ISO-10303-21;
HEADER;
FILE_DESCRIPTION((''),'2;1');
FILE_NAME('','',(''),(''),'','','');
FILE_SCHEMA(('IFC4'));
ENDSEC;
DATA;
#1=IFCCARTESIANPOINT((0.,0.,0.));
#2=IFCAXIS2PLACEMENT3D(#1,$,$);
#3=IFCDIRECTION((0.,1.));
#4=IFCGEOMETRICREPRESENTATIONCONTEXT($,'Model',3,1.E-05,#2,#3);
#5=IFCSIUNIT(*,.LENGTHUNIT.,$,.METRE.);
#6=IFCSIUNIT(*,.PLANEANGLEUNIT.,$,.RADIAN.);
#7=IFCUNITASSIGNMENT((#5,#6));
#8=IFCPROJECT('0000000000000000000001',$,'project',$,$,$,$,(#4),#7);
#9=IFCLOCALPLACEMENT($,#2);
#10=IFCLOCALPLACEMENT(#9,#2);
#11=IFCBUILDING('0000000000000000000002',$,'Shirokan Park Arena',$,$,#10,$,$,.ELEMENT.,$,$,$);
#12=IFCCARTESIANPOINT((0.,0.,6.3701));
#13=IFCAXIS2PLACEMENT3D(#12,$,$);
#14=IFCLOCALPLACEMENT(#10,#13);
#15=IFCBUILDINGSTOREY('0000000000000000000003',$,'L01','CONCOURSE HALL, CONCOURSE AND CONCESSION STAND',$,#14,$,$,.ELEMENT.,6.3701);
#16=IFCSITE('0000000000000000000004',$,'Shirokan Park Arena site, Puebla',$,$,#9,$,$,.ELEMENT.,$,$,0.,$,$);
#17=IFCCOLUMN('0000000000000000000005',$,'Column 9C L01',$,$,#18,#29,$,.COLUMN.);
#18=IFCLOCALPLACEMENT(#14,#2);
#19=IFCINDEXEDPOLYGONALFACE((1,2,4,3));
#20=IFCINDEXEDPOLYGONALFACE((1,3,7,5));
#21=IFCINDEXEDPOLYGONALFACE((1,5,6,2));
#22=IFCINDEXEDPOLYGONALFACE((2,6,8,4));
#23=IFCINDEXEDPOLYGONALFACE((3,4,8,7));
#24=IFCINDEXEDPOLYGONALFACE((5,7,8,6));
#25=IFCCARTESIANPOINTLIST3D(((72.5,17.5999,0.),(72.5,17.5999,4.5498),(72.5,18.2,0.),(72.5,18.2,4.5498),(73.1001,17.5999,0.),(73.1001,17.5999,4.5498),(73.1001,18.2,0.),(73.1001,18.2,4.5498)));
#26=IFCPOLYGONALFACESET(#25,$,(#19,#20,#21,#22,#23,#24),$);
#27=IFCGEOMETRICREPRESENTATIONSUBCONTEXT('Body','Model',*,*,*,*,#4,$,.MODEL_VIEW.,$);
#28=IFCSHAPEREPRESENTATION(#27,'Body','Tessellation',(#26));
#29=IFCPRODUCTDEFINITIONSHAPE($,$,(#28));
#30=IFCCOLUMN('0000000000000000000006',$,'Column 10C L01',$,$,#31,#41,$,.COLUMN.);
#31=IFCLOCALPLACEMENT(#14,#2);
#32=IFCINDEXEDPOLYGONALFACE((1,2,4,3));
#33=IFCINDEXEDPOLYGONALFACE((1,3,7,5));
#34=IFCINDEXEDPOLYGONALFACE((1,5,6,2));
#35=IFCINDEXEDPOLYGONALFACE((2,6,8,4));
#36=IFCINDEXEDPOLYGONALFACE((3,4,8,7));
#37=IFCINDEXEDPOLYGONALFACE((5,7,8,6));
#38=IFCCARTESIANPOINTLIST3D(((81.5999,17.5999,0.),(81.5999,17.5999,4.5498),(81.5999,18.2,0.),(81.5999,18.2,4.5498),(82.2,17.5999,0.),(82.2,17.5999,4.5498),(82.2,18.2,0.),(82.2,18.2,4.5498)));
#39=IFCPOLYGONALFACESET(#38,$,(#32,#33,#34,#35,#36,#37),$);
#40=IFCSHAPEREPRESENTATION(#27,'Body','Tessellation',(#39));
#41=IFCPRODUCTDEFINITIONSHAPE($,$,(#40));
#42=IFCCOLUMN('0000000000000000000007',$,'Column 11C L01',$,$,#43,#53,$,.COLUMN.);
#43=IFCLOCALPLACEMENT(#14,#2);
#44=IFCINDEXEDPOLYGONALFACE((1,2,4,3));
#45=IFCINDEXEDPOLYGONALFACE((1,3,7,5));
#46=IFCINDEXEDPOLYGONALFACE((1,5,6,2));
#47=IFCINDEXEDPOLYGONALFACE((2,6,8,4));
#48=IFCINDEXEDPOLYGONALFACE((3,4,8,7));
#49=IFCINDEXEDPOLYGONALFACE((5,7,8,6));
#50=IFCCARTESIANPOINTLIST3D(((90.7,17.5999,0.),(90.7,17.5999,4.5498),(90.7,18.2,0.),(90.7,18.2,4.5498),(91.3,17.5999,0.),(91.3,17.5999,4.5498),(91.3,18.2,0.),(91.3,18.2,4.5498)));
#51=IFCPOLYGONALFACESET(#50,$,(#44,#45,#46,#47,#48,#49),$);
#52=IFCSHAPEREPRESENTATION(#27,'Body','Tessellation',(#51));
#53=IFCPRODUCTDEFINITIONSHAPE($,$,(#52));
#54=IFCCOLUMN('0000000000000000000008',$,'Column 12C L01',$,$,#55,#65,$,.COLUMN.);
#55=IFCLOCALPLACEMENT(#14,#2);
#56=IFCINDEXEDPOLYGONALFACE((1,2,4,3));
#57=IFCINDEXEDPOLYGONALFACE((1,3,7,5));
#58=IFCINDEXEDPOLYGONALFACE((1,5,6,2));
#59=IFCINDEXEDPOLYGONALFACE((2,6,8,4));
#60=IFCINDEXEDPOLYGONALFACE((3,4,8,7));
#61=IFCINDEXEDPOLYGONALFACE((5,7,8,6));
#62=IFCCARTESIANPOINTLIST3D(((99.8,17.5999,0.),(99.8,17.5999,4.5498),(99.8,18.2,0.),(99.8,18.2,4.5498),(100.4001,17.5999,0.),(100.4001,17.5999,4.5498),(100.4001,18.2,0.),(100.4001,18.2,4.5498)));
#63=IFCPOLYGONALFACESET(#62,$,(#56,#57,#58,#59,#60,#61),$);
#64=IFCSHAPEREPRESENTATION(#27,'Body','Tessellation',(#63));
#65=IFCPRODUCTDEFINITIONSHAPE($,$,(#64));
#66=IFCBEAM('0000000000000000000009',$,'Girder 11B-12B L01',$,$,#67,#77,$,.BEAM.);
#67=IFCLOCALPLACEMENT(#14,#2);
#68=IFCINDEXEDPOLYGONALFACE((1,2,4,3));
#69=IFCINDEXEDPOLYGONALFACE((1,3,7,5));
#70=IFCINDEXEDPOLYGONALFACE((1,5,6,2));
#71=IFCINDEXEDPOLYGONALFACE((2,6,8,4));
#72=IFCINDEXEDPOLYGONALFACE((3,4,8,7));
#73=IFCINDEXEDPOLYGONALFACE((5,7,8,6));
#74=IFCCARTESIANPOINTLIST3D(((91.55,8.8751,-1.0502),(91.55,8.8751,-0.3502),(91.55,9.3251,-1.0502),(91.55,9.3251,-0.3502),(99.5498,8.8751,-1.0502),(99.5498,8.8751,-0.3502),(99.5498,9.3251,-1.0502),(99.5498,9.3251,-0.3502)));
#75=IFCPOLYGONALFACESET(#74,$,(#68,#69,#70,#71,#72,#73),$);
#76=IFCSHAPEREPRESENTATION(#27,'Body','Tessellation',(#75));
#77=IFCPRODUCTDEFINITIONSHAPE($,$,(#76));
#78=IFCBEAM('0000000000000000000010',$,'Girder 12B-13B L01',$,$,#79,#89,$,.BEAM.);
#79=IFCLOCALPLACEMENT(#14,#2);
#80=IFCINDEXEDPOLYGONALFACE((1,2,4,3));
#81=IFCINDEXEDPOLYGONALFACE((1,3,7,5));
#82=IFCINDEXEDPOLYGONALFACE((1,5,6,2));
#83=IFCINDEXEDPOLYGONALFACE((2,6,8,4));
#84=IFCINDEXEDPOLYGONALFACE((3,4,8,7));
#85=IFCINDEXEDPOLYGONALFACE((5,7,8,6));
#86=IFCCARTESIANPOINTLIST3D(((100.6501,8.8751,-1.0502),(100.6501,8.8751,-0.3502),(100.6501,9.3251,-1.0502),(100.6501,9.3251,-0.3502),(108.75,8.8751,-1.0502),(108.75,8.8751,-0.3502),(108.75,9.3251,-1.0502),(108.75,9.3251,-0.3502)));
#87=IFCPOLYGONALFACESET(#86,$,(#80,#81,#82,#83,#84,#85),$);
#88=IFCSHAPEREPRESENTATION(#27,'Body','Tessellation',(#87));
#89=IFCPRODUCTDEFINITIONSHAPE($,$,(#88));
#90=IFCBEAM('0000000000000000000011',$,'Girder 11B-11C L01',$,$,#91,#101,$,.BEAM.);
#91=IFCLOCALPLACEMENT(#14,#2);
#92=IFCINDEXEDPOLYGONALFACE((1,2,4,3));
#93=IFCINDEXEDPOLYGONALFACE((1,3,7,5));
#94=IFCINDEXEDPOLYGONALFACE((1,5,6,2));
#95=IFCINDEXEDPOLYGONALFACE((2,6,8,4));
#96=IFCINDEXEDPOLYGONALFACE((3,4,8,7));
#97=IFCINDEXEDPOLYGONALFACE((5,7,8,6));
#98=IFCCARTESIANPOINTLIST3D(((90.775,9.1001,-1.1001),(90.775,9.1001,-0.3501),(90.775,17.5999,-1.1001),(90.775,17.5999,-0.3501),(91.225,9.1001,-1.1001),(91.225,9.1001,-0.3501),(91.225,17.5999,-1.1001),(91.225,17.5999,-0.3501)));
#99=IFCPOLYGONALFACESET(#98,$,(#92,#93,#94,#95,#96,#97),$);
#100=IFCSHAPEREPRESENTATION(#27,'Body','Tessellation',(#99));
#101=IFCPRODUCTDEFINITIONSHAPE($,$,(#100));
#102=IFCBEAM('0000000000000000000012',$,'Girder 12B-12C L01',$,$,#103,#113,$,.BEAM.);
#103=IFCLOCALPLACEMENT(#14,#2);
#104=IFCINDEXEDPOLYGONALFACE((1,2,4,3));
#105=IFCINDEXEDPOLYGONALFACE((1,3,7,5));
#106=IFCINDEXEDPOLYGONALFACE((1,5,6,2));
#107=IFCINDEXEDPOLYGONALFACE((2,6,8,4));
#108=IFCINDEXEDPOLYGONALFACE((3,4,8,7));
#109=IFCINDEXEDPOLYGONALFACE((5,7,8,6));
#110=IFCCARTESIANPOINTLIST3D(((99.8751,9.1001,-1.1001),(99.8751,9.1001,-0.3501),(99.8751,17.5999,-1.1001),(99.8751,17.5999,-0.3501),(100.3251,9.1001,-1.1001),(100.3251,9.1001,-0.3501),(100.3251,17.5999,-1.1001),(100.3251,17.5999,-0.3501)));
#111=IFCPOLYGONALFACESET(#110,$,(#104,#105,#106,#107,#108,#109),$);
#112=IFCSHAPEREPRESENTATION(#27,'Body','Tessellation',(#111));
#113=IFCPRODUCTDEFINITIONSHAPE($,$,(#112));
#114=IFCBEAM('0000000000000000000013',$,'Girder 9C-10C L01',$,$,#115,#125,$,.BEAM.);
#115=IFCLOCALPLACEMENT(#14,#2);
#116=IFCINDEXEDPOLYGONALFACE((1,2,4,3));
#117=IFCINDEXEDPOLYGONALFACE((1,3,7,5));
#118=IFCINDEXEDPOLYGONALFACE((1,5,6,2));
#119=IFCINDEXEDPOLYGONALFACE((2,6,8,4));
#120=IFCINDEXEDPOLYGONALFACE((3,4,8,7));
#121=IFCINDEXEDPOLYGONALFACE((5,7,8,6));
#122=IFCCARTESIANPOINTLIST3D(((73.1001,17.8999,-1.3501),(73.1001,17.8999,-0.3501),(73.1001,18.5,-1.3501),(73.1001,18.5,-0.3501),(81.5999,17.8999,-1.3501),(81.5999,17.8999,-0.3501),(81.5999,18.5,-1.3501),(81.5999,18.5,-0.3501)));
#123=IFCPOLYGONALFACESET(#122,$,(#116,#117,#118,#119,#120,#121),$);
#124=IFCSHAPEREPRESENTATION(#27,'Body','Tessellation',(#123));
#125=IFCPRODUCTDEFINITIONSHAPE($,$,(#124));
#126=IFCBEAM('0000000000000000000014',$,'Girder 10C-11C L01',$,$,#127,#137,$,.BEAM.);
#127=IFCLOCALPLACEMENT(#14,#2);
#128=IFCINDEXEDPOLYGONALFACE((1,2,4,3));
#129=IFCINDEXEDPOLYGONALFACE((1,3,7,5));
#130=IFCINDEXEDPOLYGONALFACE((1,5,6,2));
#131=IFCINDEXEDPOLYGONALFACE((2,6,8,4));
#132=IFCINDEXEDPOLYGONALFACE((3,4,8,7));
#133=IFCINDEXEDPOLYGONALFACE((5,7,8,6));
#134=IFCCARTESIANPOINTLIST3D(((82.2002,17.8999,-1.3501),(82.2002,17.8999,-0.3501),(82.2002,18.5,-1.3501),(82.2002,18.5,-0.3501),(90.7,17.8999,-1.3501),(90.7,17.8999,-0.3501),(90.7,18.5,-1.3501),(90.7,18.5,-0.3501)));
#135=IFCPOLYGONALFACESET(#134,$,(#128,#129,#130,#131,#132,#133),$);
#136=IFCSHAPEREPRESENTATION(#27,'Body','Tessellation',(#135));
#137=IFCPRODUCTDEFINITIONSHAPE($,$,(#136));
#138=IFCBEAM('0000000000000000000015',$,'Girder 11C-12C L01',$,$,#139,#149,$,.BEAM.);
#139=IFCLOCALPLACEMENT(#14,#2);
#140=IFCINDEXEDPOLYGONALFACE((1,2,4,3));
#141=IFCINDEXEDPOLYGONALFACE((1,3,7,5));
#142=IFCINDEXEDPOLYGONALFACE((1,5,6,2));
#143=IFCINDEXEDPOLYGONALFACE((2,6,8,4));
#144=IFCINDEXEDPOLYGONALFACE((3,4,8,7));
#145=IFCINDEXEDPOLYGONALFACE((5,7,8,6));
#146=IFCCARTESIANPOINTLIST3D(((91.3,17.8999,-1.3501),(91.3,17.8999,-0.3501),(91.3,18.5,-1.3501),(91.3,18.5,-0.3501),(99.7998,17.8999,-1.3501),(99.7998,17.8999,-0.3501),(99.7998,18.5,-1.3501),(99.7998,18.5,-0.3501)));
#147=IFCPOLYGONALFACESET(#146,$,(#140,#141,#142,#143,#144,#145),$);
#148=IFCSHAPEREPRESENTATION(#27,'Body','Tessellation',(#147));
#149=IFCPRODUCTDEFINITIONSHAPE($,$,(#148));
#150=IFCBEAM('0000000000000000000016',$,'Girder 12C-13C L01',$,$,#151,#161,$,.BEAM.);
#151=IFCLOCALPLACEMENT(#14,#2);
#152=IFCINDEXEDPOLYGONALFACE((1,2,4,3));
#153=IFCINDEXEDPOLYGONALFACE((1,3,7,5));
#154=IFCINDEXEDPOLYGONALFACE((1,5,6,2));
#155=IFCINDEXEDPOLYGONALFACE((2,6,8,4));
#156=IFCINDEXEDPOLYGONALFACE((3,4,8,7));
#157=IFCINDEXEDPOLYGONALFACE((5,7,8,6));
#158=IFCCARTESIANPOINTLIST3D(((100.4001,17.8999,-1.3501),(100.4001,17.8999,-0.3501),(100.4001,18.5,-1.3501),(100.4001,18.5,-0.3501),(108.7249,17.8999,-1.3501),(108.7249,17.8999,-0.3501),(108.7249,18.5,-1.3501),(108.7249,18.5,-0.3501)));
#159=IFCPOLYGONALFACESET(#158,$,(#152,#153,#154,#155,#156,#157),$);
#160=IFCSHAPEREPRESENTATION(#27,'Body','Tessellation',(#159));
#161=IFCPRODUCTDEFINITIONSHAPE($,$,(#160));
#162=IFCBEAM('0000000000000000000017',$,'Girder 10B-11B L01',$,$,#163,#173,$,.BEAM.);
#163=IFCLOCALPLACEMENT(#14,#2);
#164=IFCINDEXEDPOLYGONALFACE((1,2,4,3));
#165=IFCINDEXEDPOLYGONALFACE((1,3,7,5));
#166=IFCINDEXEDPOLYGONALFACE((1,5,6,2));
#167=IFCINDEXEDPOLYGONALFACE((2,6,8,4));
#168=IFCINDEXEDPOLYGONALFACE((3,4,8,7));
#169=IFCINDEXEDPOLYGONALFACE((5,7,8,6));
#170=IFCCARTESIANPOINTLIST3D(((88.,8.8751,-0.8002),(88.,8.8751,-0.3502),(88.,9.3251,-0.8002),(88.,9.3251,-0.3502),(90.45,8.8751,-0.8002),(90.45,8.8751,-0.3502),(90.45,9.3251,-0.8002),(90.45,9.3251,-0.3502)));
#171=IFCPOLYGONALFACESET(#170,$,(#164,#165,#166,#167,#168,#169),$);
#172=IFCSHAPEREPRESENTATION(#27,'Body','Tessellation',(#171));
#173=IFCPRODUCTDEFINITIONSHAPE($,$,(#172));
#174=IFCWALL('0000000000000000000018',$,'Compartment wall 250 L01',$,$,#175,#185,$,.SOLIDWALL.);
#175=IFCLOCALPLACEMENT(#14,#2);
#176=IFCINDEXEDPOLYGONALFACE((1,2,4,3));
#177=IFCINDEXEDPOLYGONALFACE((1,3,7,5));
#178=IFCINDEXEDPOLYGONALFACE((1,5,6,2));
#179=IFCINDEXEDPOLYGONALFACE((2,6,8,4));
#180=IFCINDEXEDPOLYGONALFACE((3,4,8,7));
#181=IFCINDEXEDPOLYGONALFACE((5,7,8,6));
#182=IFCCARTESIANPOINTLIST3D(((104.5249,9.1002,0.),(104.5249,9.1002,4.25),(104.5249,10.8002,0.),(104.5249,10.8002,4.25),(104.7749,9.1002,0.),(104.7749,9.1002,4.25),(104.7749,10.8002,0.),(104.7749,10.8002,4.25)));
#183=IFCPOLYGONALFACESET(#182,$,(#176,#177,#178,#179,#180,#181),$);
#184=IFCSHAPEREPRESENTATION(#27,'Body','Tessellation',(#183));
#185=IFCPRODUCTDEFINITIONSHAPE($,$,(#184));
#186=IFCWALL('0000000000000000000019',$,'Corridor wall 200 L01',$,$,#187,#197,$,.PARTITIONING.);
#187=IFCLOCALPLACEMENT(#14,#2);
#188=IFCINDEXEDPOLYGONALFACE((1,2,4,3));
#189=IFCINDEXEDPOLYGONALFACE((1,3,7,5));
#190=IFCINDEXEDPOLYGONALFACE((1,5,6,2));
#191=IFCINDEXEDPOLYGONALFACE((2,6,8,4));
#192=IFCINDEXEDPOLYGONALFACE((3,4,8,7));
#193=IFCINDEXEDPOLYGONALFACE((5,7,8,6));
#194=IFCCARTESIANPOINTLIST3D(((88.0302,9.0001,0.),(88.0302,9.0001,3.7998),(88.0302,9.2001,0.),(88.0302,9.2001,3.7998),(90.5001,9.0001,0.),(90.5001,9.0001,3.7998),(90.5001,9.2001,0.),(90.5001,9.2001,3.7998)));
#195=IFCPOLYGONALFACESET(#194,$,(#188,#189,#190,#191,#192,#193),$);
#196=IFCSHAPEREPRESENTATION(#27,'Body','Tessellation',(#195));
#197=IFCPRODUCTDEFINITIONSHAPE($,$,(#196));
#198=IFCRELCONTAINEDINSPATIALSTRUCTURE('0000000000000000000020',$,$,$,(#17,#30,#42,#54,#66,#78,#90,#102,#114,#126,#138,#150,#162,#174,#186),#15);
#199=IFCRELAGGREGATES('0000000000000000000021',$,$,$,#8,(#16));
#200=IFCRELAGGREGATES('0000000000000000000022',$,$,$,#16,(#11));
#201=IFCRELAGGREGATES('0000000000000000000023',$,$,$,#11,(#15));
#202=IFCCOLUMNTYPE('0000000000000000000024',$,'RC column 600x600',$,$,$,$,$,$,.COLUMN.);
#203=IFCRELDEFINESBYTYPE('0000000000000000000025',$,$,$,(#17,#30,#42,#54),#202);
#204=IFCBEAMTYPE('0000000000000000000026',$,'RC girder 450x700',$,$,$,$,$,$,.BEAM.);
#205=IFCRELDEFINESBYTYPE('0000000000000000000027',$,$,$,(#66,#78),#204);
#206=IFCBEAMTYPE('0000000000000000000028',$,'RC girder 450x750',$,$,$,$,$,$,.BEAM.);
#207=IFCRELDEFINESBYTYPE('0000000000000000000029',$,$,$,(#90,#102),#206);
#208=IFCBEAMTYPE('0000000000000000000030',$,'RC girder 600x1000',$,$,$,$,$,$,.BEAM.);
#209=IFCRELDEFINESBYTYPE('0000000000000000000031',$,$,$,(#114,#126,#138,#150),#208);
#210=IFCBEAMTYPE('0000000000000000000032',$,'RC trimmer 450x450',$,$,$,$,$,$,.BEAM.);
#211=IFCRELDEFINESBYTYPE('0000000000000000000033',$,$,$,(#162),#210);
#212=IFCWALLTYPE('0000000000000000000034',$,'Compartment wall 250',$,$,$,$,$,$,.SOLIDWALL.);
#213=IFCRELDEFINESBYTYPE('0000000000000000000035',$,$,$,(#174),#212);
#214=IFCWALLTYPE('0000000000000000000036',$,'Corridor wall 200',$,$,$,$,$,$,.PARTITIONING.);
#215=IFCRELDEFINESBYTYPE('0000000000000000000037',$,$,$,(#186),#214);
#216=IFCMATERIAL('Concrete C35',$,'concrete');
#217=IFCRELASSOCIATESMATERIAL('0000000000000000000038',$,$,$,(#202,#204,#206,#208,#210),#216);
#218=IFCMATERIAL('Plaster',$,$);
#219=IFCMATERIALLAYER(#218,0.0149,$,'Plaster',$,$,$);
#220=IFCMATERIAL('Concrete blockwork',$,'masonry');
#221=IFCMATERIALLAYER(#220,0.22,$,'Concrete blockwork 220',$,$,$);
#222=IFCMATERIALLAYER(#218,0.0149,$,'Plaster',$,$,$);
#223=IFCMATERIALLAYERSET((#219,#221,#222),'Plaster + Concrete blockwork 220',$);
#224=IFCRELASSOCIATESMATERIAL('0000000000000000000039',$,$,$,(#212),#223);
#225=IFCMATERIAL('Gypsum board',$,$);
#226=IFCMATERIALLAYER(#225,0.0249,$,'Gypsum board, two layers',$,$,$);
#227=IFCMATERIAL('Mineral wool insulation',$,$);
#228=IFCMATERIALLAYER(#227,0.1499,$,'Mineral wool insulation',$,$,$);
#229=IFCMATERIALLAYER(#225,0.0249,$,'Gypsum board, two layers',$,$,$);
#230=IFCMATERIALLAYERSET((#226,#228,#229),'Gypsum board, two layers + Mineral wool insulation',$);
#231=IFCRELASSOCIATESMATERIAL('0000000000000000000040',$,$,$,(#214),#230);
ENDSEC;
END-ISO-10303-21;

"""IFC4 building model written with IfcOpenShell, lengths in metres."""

from ifc_helpers import new_model, si_unit, direction, frame, frame_2d, origin, origin_2d, place, context, subcontext, project, spatial, rectangle, extrude, material, layer, layer_set, material_profile, profile_set, type_object, element, save


model = new_model("IFC4")

# Units and contexts
model_context = context("Model", 3, precision=1e-05, world=origin(), true_north=direction((0.0, 1.0)))
body_context = subcontext(model_context, "Body", "Model", "MODEL_VIEW")
ifc_project = project(units=[si_unit("LENGTHUNIT", "METRE"), si_unit("PLANEANGLEUNIT", "RADIAN")], contexts=[model_context])

# Site, building, storey
site_placement = place(None, origin())
site = spatial("IfcSite", under=ifc_project, at=site_placement, Name="Shirokan Park Arena site, Puebla", CompositionType="ELEMENT", RefElevation=0.0)
building_placement = place(site_placement, origin())
building = spatial("IfcBuilding", under=site, at=building_placement, Name="Shirokan Park Arena", CompositionType="ELEMENT")
storey_placement = place(building_placement, frame((0.0, 0.0, 6.3701)))
storey = spatial("IfcBuildingStorey", under=building, at=storey_placement, Name="L01", Description="CONCOURSE HALL, CONCOURSE AND CONCESSION STAND", CompositionType="ELEMENT", Elevation=6.3701)

# Columns
ifc_material_1 = material(Name="Concrete C35", Category="concrete")
ifc_material_profile_1 = material_profile(ifc_material_1, rectangle(XDim=0.6001, YDim=0.6001, at=origin_2d()), Name="600x600")
ifc_profile_set_1 = profile_set([ifc_material_profile_1], Name="Concrete C35")
column_type = type_object("IfcColumnType", Name="RC column 600x600", PredefinedType="COLUMN", material=ifc_profile_set_1)
for number, where, z_axis, x_axis, name in (
    (1, (72.8, 17.8999, 0.0), (0.0, 0.0, 1.0), (1.0, 0.0, 0.0), "Column 9C L01"),
    (2, (81.8999, 17.8999, 0.0), (0.0, 0.0, 1.0), (1.0, 0.0, 0.0), "Column 10C L01"),
    (3, (91.0, 17.8999, 0.0), (0.0, 0.0, 1.0), (1.0, 0.0, 0.0), "Column 11C L01"),
    (4, (100.1001, 17.8999, 0.0), (0.0, 0.0, 1.0), (1.0, 0.0, 0.0), "Column 12C L01"),
):
    element("IfcColumn", number, at=place(storey_placement, frame(where, z_axis=z_axis, x_axis=x_axis)), inside=storey, type_object=column_type, Name=name, PredefinedType="COLUMN", context=body_context, shape_type="SweptSolid", body=[
        extrude(rectangle(XDim=0.6001, YDim=0.6001, at=origin_2d()), origin(), (0.0, 0.0, 1.0), 4.5498),
    ])

# Beams
ifc_material_profile_2 = material_profile(ifc_material_1, rectangle(XDim=0.45, YDim=0.7, at=origin_2d()), Name="450x700")
ifc_profile_set_2 = profile_set([ifc_material_profile_2], Name="Concrete C35")
beam_type_1 = type_object("IfcBeamType", Name="RC girder 450x700", PredefinedType="BEAM", material=ifc_profile_set_2)
beam_1_placement = place(storey_placement, frame((91.55, 9.1001, -0.7002), z_axis=(1.0, 0.0, 0.0), x_axis=(0.0, 1.0, 0.0)))
element("IfcBeam", 5, at=beam_1_placement, inside=storey, type_object=beam_type_1, Name="Girder 11B-12B L01", PredefinedType="BEAM", context=body_context, shape_type="SweptSolid", body=[
    extrude(rectangle(XDim=0.45, YDim=0.7, at=origin_2d()), origin(), (0.0, 0.0, 1.0), 7.9998),
])
beam_2_placement = place(storey_placement, frame((100.6501, 9.1001, -0.7002), z_axis=(1.0, 0.0, 0.0), x_axis=(0.0, 1.0, 0.0)))
element("IfcBeam", 6, at=beam_2_placement, inside=storey, type_object=beam_type_1, Name="Girder 12B-13B L01", PredefinedType="BEAM", context=body_context, shape_type="SweptSolid", body=[
    extrude(rectangle(XDim=0.45, YDim=0.7, at=origin_2d()), origin(), (0.0, 0.0, 1.0), 8.0999),
])
ifc_material_profile_3 = material_profile(ifc_material_1, rectangle(XDim=0.45, YDim=0.75, at=origin_2d()), Name="450x750")
ifc_profile_set_3 = profile_set([ifc_material_profile_3], Name="Concrete C35")
beam_type_2 = type_object("IfcBeamType", Name="RC girder 450x750", PredefinedType="BEAM", material=ifc_profile_set_3)
for number, where, z_axis, x_axis, name in (
    (7, (91.0, 9.1001, -0.7251), (0.0, 1.0, 0.0), (-1.0, 0.0, 0.0), "Girder 11B-11C L01"),
    (8, (100.1001, 9.1001, -0.7251), (0.0, 1.0, 0.0), (-1.0, 0.0, 0.0), "Girder 12B-12C L01"),
):
    element("IfcBeam", number, at=place(storey_placement, frame(where, z_axis=z_axis, x_axis=x_axis)), inside=storey, type_object=beam_type_2, Name=name, PredefinedType="BEAM", context=body_context, shape_type="SweptSolid", body=[
        extrude(rectangle(XDim=0.45, YDim=0.75, at=origin_2d()), origin(), (0.0, 0.0, 1.0), 8.4998),
    ])
ifc_material_profile_4 = material_profile(ifc_material_1, rectangle(XDim=0.6001, YDim=1.0, at=origin_2d()), Name="600x1000")
ifc_profile_set_4 = profile_set([ifc_material_profile_4], Name="Concrete C35")
beam_type_3 = type_object("IfcBeamType", Name="RC girder 600x1000", PredefinedType="BEAM", material=ifc_profile_set_4)
for number, where, z_axis, x_axis, name in (
    (9, (73.1001, 18.2, -0.8501), (1.0, 0.0, 0.0), (0.0, 1.0, 0.0), "Girder 9C-10C L01"),
    (10, (82.2002, 18.2, -0.8501), (1.0, 0.0, 0.0), (0.0, 1.0, 0.0), "Girder 10C-11C L01"),
    (11, (91.3, 18.2, -0.8501), (1.0, 0.0, 0.0), (0.0, 1.0, 0.0), "Girder 11C-12C L01"),
):
    element("IfcBeam", number, at=place(storey_placement, frame(where, z_axis=z_axis, x_axis=x_axis)), inside=storey, type_object=beam_type_3, Name=name, PredefinedType="BEAM", context=body_context, shape_type="SweptSolid", body=[
        extrude(rectangle(XDim=0.6001, YDim=1.0, at=origin_2d()), origin(), (0.0, 0.0, 1.0), 8.4998),
    ])
beam_3_placement = place(storey_placement, frame((100.4001, 18.2, -0.8501), z_axis=(1.0, 0.0, 0.0), x_axis=(0.0, 1.0, 0.0)))
element("IfcBeam", 12, at=beam_3_placement, inside=storey, type_object=beam_type_3, Name="Girder 12C-13C L01", PredefinedType="BEAM", context=body_context, shape_type="SweptSolid", body=[
    extrude(rectangle(XDim=0.6001, YDim=1.0, at=origin_2d()), origin(), (0.0, 0.0, 1.0), 8.3247),
])
ifc_material_profile_5 = material_profile(ifc_material_1, rectangle(XDim=0.45, YDim=0.45, at=origin_2d()), Name="450x450")
ifc_profile_set_5 = profile_set([ifc_material_profile_5], Name="Concrete C35")
beam_type_4 = type_object("IfcBeamType", Name="RC trimmer 450x450", PredefinedType="BEAM", material=ifc_profile_set_5)
beam_4_placement = place(storey_placement, frame((88.0, 9.1001, -0.5752), z_axis=(1.0, 0.0, 0.0), x_axis=(0.0, 1.0, 0.0)))
element("IfcBeam", 13, at=beam_4_placement, inside=storey, type_object=beam_type_4, Name="Girder 10B-11B L01", PredefinedType="BEAM", context=body_context, shape_type="SweptSolid", body=[
    extrude(rectangle(XDim=0.45, YDim=0.45, at=origin_2d()), origin(), (0.0, 0.0, 1.0), 2.45),
])

# Walls
ifc_material_2 = material(Name="Plaster")
ifc_layer_1 = layer(ifc_material_2, 0.0149, Name="Plaster")
ifc_material_3 = material(Name="Concrete blockwork", Category="masonry")
ifc_layer_2 = layer(ifc_material_3, 0.22, Name="Concrete blockwork 220")
ifc_layer_3 = layer(ifc_material_2, 0.0149, Name="Plaster")
ifc_layer_set_1 = layer_set([ifc_layer_1, ifc_layer_2, ifc_layer_3], Name="Plaster + Concrete blockwork 220")
wall_type_1 = type_object("IfcWallType", Name="Compartment wall 250", PredefinedType="SOLIDWALL", material=ifc_layer_set_1)
wall_1_placement = place(storey_placement, frame((104.6499, 9.1001, 0.0), z_axis=(0.0, 0.0, 1.0), x_axis=(0.0, 1.0, 0.0)))
element("IfcWall", 14, at=wall_1_placement, inside=storey, type_object=wall_type_1, Name="Compartment wall 250 L01", PredefinedType="SOLIDWALL", context=body_context, shape_type="SweptSolid", body=[
    extrude(rectangle(XDim=1.7, YDim=0.25, at=frame_2d((0.8501, 0.0))), origin(), (0.0, 0.0, 1.0), 4.25),
])
ifc_material_4 = material(Name="Gypsum board")
ifc_layer_4 = layer(ifc_material_4, 0.0249, Name="Gypsum board, two layers")
ifc_material_5 = material(Name="Mineral wool insulation")
ifc_layer_5 = layer(ifc_material_5, 0.1499, Name="Mineral wool insulation")
ifc_layer_6 = layer(ifc_material_4, 0.0249, Name="Gypsum board, two layers")
ifc_layer_set_2 = layer_set([ifc_layer_4, ifc_layer_5, ifc_layer_6], Name="Gypsum board, two layers + Mineral wool insulation")
wall_type_2 = type_object("IfcWallType", Name="Corridor wall 200", PredefinedType="PARTITIONING", material=ifc_layer_set_2)
wall_2_placement = place(storey_placement, frame((90.5, 9.1001, 0.0), z_axis=(0.0, 0.0, 1.0), x_axis=(-1.0, 0.0, 0.0)))
element("IfcWall", 15, at=wall_2_placement, inside=storey, type_object=wall_type_2, Name="Corridor wall 200 L01", PredefinedType="PARTITIONING", context=body_context, shape_type="SweptSolid", body=[
    extrude(rectangle(XDim=2.47, YDim=0.2, at=frame_2d((1.2349, 0.0))), origin(), (0.0, 0.0, 1.0), 3.7998),
])

save(model, "model.ifc")
